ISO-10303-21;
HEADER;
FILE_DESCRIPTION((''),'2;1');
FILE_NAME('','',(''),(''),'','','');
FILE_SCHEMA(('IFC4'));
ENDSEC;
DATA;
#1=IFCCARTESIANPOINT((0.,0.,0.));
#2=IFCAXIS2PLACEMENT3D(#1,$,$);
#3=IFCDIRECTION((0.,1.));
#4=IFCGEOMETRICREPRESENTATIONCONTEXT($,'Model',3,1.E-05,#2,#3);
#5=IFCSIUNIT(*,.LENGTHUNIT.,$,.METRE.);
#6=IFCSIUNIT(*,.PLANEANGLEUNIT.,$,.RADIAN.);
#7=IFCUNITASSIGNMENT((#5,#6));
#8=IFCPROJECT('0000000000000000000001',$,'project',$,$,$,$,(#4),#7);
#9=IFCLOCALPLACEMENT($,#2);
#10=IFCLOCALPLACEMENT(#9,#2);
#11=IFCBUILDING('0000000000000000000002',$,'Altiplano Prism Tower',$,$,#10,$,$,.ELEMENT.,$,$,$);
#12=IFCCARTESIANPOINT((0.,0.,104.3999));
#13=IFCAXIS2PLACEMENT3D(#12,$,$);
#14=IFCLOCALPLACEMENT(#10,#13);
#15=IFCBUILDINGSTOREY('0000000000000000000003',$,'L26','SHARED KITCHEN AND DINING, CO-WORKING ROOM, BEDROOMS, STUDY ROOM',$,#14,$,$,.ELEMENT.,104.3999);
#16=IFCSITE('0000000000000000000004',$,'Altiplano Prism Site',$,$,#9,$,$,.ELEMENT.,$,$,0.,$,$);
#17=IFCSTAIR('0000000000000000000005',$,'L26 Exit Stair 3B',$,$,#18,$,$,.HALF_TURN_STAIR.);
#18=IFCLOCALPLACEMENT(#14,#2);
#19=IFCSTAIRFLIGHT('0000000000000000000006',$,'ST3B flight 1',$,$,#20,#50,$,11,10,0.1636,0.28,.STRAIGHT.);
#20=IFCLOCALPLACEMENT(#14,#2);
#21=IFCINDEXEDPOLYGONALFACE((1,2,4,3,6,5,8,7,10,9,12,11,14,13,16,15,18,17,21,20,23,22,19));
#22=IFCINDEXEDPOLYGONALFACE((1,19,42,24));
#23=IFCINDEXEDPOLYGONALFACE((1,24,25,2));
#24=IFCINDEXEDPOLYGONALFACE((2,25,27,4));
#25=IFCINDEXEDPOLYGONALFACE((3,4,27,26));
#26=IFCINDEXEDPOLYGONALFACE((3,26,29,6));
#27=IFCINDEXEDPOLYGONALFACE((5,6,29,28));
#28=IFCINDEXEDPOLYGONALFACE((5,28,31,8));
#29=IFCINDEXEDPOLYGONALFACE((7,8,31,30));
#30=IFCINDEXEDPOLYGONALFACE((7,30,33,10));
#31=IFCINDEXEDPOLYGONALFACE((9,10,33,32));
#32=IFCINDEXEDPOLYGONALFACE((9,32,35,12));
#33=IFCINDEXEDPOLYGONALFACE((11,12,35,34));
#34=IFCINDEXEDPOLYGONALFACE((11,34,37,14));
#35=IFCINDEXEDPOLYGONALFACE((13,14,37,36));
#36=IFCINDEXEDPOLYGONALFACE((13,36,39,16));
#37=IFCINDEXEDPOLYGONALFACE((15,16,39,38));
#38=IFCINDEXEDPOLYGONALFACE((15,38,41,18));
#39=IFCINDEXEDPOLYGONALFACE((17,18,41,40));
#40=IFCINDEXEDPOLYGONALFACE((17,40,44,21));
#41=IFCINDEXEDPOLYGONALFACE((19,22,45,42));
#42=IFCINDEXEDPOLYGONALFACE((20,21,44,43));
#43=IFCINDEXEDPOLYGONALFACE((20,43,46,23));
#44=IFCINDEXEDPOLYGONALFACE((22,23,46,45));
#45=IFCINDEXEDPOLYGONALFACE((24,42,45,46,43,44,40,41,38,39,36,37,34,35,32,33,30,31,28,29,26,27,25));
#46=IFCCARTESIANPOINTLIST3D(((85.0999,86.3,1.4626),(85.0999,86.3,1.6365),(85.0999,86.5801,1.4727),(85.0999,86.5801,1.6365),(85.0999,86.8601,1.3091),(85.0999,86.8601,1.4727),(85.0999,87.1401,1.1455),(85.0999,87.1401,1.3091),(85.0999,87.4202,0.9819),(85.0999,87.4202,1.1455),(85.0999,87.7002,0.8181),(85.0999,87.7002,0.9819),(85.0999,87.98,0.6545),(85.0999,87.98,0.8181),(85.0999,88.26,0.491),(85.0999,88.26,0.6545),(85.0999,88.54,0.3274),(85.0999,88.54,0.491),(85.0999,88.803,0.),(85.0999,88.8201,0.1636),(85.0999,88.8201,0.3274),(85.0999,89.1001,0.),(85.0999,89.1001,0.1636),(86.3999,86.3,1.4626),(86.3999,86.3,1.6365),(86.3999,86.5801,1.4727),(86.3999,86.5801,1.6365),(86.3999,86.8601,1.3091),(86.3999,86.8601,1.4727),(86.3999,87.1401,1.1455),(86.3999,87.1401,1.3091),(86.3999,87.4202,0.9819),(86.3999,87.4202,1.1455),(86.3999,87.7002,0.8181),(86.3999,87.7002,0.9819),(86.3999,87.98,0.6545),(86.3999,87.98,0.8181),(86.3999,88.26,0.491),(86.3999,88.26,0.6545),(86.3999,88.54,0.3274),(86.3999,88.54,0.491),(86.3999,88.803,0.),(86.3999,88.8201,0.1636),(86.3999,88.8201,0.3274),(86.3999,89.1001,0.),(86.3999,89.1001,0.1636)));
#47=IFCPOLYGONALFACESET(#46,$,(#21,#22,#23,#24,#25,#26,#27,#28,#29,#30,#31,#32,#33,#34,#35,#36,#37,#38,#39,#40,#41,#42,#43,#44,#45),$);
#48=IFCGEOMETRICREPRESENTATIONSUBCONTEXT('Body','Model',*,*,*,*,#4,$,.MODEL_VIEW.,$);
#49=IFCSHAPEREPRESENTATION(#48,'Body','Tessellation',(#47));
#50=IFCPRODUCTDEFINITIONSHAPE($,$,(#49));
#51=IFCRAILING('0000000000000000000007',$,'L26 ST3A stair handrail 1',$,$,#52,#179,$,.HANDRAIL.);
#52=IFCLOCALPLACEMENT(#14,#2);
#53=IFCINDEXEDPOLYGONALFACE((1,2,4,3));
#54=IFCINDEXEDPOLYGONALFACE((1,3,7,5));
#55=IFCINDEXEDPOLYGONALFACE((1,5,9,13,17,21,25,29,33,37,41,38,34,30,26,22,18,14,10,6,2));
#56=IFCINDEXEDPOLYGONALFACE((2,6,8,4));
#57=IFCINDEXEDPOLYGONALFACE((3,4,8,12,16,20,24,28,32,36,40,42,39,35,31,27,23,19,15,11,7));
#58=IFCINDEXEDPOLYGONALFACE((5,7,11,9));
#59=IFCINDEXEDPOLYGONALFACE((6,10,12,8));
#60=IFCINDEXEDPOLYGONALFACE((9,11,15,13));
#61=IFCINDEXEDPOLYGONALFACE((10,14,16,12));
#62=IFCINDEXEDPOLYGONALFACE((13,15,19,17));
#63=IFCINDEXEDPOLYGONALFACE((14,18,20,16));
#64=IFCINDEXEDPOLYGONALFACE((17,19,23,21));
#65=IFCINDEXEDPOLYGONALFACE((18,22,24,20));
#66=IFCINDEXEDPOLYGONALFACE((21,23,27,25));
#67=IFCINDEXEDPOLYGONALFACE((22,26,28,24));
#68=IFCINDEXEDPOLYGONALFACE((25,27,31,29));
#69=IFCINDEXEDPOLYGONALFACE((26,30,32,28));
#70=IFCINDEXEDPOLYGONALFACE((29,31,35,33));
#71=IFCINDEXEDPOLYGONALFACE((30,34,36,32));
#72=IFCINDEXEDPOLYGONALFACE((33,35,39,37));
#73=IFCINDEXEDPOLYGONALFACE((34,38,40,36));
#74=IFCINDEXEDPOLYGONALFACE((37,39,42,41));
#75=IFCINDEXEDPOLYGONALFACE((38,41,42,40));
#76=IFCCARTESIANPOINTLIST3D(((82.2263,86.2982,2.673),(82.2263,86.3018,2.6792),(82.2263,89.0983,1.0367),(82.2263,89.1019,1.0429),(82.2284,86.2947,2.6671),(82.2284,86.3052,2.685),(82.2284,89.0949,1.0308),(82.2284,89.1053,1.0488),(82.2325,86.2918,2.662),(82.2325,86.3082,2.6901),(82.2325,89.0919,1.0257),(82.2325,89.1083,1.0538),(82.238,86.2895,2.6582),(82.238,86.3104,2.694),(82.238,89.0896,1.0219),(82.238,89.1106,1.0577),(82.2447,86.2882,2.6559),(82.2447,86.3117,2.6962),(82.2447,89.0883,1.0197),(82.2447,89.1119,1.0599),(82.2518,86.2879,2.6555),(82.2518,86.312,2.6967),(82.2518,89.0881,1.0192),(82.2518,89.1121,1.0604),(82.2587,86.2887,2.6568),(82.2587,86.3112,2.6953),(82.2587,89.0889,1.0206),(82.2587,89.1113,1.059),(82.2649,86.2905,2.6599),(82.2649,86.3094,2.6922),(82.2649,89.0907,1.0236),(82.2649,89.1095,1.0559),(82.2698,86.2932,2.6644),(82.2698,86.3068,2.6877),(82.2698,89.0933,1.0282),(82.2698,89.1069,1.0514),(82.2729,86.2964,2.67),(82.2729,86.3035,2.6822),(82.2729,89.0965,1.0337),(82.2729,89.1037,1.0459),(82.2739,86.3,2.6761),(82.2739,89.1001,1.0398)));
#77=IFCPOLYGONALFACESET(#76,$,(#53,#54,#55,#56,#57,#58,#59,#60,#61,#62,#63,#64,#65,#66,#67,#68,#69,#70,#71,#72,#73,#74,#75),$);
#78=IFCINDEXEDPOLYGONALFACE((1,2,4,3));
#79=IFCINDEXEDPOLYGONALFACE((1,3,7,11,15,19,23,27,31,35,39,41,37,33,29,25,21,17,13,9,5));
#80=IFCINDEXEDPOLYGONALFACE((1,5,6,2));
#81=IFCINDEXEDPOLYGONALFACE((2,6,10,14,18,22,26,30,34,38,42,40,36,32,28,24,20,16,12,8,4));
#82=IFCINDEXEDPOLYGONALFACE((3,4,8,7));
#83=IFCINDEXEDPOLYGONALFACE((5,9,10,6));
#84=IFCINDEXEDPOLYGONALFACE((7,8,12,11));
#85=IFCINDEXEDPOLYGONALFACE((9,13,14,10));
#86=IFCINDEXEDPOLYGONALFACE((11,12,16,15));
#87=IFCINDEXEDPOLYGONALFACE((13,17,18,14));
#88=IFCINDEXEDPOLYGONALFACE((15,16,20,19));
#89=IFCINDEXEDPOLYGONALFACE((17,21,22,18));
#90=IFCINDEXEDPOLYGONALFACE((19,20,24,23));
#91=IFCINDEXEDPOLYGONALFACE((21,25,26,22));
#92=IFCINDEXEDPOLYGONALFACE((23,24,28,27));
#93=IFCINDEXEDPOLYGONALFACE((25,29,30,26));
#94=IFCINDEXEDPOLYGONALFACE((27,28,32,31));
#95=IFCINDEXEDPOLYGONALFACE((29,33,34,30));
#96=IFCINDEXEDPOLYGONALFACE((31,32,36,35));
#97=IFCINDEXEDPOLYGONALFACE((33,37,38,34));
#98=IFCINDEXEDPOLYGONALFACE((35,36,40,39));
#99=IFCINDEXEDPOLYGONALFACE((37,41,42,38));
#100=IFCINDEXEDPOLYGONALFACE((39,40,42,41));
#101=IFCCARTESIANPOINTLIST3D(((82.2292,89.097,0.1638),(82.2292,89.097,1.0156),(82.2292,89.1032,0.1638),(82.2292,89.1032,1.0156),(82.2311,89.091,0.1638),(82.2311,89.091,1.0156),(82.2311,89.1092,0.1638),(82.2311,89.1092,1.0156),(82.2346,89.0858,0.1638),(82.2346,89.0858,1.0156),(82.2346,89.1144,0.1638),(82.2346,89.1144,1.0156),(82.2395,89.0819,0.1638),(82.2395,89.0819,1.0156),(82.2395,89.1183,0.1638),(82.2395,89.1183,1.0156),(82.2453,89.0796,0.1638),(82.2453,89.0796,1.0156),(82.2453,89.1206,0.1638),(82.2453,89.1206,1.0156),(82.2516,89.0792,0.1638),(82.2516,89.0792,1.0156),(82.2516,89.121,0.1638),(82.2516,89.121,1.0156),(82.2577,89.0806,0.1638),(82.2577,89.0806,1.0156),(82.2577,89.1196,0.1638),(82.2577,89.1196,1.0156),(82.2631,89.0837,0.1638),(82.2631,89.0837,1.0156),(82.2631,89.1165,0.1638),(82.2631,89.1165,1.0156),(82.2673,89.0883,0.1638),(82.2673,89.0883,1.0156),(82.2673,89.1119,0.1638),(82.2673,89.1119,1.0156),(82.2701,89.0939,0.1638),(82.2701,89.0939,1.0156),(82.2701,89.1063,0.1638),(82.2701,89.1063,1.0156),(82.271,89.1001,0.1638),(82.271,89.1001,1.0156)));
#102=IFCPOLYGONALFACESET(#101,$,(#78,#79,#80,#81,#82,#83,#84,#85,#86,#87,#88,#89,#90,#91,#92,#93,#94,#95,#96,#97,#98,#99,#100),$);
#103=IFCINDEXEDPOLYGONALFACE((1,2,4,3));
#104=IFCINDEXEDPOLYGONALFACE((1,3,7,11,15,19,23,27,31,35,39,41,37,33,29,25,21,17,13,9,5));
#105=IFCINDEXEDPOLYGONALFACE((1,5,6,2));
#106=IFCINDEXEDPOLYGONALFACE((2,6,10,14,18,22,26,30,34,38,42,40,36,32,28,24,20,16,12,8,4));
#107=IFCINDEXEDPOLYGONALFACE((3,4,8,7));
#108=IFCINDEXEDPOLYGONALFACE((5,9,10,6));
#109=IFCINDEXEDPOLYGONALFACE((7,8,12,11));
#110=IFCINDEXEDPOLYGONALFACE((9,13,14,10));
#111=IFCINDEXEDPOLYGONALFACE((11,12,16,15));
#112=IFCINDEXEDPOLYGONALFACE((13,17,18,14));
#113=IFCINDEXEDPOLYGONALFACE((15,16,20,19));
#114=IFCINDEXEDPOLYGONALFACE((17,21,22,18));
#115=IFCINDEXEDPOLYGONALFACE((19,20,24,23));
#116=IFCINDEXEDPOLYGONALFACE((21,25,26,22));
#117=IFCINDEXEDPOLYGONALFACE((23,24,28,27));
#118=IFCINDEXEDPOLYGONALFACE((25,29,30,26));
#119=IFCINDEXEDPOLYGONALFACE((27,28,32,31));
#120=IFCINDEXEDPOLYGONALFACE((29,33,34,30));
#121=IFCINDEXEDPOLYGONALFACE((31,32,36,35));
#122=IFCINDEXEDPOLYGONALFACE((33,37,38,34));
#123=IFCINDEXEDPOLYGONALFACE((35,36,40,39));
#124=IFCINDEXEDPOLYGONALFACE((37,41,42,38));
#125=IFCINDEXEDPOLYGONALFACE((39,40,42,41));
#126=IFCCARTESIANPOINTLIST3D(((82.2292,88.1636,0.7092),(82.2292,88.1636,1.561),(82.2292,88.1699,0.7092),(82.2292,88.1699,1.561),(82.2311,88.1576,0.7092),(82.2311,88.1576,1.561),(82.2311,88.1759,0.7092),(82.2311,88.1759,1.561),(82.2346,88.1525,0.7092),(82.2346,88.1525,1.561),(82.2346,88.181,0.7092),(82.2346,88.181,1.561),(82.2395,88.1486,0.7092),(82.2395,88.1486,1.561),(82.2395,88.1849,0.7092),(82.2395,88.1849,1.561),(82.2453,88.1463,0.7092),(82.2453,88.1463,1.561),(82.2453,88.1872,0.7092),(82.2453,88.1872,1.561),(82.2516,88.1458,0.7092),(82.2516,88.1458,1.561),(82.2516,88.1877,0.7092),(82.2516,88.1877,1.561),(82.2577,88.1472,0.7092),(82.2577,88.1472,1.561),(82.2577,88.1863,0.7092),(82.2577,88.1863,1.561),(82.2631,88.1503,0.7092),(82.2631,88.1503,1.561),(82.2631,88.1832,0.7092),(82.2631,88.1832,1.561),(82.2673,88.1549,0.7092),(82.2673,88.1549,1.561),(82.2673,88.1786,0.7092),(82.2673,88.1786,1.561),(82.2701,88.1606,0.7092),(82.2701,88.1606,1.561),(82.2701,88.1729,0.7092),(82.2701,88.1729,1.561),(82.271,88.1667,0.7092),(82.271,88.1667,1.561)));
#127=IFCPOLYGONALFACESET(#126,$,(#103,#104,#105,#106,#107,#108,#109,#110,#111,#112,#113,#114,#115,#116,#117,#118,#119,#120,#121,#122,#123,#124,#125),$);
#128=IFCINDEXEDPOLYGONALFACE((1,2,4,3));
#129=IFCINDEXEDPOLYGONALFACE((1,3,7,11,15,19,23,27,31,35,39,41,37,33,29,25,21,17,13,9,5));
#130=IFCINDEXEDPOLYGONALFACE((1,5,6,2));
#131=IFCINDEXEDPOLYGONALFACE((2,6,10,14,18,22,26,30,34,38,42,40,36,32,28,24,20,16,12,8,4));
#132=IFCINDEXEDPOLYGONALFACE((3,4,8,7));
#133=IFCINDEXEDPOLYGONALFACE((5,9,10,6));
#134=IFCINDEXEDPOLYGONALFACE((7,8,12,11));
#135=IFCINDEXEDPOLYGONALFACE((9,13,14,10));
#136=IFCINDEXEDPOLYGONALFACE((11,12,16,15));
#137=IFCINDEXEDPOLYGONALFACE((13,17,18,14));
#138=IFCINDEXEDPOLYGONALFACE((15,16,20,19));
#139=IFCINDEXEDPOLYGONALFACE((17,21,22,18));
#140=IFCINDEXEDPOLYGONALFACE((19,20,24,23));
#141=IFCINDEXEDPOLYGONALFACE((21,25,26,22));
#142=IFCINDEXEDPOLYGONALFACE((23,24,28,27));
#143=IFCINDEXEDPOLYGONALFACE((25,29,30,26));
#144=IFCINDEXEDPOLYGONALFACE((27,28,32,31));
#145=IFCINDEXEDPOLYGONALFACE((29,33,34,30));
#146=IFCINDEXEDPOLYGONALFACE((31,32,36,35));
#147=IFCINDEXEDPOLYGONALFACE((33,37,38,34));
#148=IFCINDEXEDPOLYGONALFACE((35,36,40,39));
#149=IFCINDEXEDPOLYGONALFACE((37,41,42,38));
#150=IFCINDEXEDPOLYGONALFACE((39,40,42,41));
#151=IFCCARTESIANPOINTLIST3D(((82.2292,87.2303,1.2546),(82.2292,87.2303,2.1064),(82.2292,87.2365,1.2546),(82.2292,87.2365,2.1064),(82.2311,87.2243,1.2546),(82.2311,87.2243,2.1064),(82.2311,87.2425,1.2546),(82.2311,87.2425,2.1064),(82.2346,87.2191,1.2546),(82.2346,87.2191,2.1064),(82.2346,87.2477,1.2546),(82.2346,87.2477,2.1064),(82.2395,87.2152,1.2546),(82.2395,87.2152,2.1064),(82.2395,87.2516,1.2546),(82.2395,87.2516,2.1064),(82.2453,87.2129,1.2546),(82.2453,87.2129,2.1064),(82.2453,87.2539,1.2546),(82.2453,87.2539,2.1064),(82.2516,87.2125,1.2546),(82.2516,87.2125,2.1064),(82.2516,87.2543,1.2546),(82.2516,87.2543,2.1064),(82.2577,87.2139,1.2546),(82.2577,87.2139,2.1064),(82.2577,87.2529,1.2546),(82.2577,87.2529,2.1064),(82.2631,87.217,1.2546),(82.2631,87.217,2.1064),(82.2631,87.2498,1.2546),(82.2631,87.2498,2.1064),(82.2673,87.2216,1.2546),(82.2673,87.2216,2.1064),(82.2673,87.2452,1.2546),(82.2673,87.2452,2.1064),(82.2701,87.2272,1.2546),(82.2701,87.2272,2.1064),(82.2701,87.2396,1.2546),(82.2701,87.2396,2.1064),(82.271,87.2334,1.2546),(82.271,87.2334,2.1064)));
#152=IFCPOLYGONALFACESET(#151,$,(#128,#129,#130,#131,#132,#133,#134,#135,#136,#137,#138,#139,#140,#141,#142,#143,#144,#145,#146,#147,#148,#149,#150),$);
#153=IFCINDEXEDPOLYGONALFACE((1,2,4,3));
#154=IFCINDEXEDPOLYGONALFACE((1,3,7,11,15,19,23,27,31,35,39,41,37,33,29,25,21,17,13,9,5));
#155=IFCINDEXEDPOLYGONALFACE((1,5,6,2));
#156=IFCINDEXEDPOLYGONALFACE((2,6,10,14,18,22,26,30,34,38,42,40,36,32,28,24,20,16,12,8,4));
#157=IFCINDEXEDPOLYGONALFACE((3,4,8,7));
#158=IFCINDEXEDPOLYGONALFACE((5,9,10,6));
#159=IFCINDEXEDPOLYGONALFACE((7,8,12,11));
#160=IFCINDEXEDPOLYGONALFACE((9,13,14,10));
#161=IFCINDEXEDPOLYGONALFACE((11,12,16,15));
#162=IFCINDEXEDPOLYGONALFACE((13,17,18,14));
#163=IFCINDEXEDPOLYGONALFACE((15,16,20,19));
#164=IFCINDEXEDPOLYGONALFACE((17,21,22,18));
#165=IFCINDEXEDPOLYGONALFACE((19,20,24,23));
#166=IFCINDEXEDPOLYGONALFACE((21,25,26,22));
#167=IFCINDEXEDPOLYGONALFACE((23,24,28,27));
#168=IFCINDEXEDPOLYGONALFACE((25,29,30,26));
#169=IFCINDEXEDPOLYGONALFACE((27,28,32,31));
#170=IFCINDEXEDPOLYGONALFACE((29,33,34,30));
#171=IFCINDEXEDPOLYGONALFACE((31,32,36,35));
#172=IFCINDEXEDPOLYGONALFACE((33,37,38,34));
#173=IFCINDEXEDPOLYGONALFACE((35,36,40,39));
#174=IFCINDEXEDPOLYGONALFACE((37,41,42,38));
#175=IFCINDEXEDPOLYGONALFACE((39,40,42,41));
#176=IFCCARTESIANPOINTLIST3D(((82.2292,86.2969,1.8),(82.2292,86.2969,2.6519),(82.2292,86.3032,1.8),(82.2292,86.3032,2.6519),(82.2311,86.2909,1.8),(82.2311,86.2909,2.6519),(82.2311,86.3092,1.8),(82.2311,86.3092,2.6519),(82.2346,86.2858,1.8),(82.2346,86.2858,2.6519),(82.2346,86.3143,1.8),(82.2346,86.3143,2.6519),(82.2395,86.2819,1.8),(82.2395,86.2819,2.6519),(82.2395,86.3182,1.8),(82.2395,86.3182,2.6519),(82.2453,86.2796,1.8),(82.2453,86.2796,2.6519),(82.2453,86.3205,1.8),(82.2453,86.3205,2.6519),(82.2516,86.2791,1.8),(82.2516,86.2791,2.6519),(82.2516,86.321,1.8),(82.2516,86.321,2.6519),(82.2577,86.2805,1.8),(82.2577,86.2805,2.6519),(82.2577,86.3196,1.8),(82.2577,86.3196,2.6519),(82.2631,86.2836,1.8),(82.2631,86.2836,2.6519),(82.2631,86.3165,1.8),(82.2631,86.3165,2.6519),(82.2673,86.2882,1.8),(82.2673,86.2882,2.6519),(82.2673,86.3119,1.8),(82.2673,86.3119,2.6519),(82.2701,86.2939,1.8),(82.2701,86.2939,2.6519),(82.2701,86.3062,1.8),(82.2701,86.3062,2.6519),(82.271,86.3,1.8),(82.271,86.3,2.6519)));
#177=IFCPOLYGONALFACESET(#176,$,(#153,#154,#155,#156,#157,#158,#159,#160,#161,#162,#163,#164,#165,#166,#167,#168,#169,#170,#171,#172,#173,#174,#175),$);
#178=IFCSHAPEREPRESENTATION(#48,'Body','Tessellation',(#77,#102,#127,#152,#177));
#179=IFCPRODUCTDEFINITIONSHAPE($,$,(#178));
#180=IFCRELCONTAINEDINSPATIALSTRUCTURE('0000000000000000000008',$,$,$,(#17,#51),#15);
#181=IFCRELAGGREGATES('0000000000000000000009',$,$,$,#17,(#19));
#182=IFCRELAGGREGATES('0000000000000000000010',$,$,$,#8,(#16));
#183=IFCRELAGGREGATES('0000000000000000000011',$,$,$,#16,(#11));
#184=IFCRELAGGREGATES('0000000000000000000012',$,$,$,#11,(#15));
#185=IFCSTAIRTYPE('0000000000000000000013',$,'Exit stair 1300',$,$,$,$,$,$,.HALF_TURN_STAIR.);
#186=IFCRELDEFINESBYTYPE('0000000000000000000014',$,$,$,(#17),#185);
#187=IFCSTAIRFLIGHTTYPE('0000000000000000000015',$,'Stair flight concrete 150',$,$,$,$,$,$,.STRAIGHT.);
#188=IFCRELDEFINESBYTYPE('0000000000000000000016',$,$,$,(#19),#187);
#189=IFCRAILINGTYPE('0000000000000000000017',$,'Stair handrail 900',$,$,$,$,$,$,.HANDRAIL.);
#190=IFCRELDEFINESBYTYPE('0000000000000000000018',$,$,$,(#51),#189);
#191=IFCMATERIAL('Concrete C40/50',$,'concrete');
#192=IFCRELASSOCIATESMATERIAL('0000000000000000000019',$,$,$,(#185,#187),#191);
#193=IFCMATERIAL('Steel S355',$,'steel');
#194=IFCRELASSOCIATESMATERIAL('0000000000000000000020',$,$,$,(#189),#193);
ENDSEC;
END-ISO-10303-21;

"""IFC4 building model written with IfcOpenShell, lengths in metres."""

from ifc_helpers import new_model, si_unit, direction, frame, origin, origin_2d, place, context, subcontext, project, spatial, polyline, circle, outline, extrude, material, type_object, element, aggregate, save


model = new_model("IFC4")

# Units and contexts
model_context = context("Model", 3, precision=1e-05, world=origin(), true_north=direction((0.0, 1.0)))
body_context = subcontext(model_context, "Body", "Model", "MODEL_VIEW")
ifc_project = project(units=[si_unit("LENGTHUNIT", "METRE"), si_unit("PLANEANGLEUNIT", "RADIAN")], contexts=[model_context])

# Site, building, storey
site_placement = place(None, origin())
site = spatial("IfcSite", under=ifc_project, at=site_placement, Name="Altiplano Prism Site", CompositionType="ELEMENT", RefElevation=0.0)
building_placement = place(site_placement, origin())
building = spatial("IfcBuilding", under=site, at=building_placement, Name="Altiplano Prism Tower", CompositionType="ELEMENT")
storey_placement = place(building_placement, frame((0.0, 0.0, 104.3999)))
storey = spatial("IfcBuildingStorey", under=building, at=storey_placement, Name="L26", Description="SHARED KITCHEN AND DINING, CO-WORKING ROOM, BEDROOMS, STUDY ROOM", CompositionType="ELEMENT", Elevation=104.3999)

# Stair, stair flight
ifc_material_1 = material(Name="Concrete C40/50", Category="concrete")
stair_type = type_object("IfcStairType", Name="Exit stair 1300", PredefinedType="HALF_TURN_STAIR", material=ifc_material_1)
stair_flight_type = type_object("IfcStairFlightType", Name="Stair flight concrete 150", PredefinedType="STRAIGHT", material=ifc_material_1)
stair_1_placement = place(storey_placement, origin())
stair_1 = element("IfcStair", 1, at=stair_1_placement, inside=storey, type_object=stair_type, Name="L26 Exit Stair 3B", PredefinedType="HALF_TURN_STAIR")
stair_flight_1_placement = place(storey_placement, frame((85.75, 89.1001, 0.0), z_axis=(0.0, 0.0, 1.0), x_axis=(0.0, -1.0, 0.0)))
stair_flight_1 = element("IfcStairFlight", 2, at=stair_flight_1_placement, type_object=stair_flight_type, Name="ST3B flight 1", NumberOfRisers=11, NumberOfTreads=10, PredefinedType="STRAIGHT", RiserHeight=0.1636, TreadLength=0.28, context=body_context, shape_type="SweptSolid", body=[
    extrude(outline(polyline([(0.0, 0.0), (0.0, 0.1636), (0.28, 0.1636), (0.28, 0.3274), (0.5601, 0.3274), (0.5601, 0.491), (0.8401, 0.491), (0.8401, 0.6545), (1.1201, 0.6545), (1.1201, 0.8181), (1.3999, 0.8181), (1.3999, 0.9819), (1.6799, 0.9819), (1.6799, 1.1455), (1.96, 1.1455), (1.96, 1.3091), (2.24, 1.3091), (2.24, 1.4727), (2.52, 1.4727), (2.52, 1.6365), (2.8, 1.6365), (2.8, 1.8), (2.8, 1.4626), (0.2971, 0.0), (0.0, 0.0)])), frame((0.0, 0.6499, 0.0), z_axis=(0.0, -1.0, 0.0), x_axis=(1.0, 0.0, 0.0)), (0.0, 0.0, 1.0), 1.3),
])
aggregate(stair_1, [stair_flight_1])

# Railing
ifc_material_2 = material(Name="Steel S355", Category="steel")
railing_type_1 = type_object("IfcRailingType", Name="Stair handrail 900", PredefinedType="HANDRAIL", material=ifc_material_2)
for number, where, name in (
    (3, (82.25, 89.1001, 0.1638), "L26 ST3A stair handrail 1"),
):
    element("IfcRailing", number, at=place(storey_placement, frame(where)), inside=storey, type_object=railing_type_1, Name=name, PredefinedType="HANDRAIL", context=body_context, shape_type="SweptSolid", body=[
        extrude(circle(Radius=0.0239, at=origin_2d()), frame((0.0, 0.0, 0.876), z_axis=(0.0, -0.863394, 0.504531), x_axis=(1.0, 0.0, 0.0)), (0.0, 0.0, 1.0), 3.2432),
        extrude(circle(Radius=0.021, at=origin_2d()), origin(), (0.0, 0.0, 1.0), 0.8518),
        extrude(circle(Radius=0.021, at=origin_2d()), frame((0.0, -0.9333, 0.5454)), (0.0, 0.0, 1.0), 0.8518),
        extrude(circle(Radius=0.021, at=origin_2d()), frame((0.0, -1.8667, 1.0908)), (0.0, 0.0, 1.0), 0.8518),
        extrude(circle(Radius=0.021, at=origin_2d()), frame((0.0, -2.8, 1.6362)), (0.0, 0.0, 1.0), 0.8518),
    ])

save(model, "model.ifc")
